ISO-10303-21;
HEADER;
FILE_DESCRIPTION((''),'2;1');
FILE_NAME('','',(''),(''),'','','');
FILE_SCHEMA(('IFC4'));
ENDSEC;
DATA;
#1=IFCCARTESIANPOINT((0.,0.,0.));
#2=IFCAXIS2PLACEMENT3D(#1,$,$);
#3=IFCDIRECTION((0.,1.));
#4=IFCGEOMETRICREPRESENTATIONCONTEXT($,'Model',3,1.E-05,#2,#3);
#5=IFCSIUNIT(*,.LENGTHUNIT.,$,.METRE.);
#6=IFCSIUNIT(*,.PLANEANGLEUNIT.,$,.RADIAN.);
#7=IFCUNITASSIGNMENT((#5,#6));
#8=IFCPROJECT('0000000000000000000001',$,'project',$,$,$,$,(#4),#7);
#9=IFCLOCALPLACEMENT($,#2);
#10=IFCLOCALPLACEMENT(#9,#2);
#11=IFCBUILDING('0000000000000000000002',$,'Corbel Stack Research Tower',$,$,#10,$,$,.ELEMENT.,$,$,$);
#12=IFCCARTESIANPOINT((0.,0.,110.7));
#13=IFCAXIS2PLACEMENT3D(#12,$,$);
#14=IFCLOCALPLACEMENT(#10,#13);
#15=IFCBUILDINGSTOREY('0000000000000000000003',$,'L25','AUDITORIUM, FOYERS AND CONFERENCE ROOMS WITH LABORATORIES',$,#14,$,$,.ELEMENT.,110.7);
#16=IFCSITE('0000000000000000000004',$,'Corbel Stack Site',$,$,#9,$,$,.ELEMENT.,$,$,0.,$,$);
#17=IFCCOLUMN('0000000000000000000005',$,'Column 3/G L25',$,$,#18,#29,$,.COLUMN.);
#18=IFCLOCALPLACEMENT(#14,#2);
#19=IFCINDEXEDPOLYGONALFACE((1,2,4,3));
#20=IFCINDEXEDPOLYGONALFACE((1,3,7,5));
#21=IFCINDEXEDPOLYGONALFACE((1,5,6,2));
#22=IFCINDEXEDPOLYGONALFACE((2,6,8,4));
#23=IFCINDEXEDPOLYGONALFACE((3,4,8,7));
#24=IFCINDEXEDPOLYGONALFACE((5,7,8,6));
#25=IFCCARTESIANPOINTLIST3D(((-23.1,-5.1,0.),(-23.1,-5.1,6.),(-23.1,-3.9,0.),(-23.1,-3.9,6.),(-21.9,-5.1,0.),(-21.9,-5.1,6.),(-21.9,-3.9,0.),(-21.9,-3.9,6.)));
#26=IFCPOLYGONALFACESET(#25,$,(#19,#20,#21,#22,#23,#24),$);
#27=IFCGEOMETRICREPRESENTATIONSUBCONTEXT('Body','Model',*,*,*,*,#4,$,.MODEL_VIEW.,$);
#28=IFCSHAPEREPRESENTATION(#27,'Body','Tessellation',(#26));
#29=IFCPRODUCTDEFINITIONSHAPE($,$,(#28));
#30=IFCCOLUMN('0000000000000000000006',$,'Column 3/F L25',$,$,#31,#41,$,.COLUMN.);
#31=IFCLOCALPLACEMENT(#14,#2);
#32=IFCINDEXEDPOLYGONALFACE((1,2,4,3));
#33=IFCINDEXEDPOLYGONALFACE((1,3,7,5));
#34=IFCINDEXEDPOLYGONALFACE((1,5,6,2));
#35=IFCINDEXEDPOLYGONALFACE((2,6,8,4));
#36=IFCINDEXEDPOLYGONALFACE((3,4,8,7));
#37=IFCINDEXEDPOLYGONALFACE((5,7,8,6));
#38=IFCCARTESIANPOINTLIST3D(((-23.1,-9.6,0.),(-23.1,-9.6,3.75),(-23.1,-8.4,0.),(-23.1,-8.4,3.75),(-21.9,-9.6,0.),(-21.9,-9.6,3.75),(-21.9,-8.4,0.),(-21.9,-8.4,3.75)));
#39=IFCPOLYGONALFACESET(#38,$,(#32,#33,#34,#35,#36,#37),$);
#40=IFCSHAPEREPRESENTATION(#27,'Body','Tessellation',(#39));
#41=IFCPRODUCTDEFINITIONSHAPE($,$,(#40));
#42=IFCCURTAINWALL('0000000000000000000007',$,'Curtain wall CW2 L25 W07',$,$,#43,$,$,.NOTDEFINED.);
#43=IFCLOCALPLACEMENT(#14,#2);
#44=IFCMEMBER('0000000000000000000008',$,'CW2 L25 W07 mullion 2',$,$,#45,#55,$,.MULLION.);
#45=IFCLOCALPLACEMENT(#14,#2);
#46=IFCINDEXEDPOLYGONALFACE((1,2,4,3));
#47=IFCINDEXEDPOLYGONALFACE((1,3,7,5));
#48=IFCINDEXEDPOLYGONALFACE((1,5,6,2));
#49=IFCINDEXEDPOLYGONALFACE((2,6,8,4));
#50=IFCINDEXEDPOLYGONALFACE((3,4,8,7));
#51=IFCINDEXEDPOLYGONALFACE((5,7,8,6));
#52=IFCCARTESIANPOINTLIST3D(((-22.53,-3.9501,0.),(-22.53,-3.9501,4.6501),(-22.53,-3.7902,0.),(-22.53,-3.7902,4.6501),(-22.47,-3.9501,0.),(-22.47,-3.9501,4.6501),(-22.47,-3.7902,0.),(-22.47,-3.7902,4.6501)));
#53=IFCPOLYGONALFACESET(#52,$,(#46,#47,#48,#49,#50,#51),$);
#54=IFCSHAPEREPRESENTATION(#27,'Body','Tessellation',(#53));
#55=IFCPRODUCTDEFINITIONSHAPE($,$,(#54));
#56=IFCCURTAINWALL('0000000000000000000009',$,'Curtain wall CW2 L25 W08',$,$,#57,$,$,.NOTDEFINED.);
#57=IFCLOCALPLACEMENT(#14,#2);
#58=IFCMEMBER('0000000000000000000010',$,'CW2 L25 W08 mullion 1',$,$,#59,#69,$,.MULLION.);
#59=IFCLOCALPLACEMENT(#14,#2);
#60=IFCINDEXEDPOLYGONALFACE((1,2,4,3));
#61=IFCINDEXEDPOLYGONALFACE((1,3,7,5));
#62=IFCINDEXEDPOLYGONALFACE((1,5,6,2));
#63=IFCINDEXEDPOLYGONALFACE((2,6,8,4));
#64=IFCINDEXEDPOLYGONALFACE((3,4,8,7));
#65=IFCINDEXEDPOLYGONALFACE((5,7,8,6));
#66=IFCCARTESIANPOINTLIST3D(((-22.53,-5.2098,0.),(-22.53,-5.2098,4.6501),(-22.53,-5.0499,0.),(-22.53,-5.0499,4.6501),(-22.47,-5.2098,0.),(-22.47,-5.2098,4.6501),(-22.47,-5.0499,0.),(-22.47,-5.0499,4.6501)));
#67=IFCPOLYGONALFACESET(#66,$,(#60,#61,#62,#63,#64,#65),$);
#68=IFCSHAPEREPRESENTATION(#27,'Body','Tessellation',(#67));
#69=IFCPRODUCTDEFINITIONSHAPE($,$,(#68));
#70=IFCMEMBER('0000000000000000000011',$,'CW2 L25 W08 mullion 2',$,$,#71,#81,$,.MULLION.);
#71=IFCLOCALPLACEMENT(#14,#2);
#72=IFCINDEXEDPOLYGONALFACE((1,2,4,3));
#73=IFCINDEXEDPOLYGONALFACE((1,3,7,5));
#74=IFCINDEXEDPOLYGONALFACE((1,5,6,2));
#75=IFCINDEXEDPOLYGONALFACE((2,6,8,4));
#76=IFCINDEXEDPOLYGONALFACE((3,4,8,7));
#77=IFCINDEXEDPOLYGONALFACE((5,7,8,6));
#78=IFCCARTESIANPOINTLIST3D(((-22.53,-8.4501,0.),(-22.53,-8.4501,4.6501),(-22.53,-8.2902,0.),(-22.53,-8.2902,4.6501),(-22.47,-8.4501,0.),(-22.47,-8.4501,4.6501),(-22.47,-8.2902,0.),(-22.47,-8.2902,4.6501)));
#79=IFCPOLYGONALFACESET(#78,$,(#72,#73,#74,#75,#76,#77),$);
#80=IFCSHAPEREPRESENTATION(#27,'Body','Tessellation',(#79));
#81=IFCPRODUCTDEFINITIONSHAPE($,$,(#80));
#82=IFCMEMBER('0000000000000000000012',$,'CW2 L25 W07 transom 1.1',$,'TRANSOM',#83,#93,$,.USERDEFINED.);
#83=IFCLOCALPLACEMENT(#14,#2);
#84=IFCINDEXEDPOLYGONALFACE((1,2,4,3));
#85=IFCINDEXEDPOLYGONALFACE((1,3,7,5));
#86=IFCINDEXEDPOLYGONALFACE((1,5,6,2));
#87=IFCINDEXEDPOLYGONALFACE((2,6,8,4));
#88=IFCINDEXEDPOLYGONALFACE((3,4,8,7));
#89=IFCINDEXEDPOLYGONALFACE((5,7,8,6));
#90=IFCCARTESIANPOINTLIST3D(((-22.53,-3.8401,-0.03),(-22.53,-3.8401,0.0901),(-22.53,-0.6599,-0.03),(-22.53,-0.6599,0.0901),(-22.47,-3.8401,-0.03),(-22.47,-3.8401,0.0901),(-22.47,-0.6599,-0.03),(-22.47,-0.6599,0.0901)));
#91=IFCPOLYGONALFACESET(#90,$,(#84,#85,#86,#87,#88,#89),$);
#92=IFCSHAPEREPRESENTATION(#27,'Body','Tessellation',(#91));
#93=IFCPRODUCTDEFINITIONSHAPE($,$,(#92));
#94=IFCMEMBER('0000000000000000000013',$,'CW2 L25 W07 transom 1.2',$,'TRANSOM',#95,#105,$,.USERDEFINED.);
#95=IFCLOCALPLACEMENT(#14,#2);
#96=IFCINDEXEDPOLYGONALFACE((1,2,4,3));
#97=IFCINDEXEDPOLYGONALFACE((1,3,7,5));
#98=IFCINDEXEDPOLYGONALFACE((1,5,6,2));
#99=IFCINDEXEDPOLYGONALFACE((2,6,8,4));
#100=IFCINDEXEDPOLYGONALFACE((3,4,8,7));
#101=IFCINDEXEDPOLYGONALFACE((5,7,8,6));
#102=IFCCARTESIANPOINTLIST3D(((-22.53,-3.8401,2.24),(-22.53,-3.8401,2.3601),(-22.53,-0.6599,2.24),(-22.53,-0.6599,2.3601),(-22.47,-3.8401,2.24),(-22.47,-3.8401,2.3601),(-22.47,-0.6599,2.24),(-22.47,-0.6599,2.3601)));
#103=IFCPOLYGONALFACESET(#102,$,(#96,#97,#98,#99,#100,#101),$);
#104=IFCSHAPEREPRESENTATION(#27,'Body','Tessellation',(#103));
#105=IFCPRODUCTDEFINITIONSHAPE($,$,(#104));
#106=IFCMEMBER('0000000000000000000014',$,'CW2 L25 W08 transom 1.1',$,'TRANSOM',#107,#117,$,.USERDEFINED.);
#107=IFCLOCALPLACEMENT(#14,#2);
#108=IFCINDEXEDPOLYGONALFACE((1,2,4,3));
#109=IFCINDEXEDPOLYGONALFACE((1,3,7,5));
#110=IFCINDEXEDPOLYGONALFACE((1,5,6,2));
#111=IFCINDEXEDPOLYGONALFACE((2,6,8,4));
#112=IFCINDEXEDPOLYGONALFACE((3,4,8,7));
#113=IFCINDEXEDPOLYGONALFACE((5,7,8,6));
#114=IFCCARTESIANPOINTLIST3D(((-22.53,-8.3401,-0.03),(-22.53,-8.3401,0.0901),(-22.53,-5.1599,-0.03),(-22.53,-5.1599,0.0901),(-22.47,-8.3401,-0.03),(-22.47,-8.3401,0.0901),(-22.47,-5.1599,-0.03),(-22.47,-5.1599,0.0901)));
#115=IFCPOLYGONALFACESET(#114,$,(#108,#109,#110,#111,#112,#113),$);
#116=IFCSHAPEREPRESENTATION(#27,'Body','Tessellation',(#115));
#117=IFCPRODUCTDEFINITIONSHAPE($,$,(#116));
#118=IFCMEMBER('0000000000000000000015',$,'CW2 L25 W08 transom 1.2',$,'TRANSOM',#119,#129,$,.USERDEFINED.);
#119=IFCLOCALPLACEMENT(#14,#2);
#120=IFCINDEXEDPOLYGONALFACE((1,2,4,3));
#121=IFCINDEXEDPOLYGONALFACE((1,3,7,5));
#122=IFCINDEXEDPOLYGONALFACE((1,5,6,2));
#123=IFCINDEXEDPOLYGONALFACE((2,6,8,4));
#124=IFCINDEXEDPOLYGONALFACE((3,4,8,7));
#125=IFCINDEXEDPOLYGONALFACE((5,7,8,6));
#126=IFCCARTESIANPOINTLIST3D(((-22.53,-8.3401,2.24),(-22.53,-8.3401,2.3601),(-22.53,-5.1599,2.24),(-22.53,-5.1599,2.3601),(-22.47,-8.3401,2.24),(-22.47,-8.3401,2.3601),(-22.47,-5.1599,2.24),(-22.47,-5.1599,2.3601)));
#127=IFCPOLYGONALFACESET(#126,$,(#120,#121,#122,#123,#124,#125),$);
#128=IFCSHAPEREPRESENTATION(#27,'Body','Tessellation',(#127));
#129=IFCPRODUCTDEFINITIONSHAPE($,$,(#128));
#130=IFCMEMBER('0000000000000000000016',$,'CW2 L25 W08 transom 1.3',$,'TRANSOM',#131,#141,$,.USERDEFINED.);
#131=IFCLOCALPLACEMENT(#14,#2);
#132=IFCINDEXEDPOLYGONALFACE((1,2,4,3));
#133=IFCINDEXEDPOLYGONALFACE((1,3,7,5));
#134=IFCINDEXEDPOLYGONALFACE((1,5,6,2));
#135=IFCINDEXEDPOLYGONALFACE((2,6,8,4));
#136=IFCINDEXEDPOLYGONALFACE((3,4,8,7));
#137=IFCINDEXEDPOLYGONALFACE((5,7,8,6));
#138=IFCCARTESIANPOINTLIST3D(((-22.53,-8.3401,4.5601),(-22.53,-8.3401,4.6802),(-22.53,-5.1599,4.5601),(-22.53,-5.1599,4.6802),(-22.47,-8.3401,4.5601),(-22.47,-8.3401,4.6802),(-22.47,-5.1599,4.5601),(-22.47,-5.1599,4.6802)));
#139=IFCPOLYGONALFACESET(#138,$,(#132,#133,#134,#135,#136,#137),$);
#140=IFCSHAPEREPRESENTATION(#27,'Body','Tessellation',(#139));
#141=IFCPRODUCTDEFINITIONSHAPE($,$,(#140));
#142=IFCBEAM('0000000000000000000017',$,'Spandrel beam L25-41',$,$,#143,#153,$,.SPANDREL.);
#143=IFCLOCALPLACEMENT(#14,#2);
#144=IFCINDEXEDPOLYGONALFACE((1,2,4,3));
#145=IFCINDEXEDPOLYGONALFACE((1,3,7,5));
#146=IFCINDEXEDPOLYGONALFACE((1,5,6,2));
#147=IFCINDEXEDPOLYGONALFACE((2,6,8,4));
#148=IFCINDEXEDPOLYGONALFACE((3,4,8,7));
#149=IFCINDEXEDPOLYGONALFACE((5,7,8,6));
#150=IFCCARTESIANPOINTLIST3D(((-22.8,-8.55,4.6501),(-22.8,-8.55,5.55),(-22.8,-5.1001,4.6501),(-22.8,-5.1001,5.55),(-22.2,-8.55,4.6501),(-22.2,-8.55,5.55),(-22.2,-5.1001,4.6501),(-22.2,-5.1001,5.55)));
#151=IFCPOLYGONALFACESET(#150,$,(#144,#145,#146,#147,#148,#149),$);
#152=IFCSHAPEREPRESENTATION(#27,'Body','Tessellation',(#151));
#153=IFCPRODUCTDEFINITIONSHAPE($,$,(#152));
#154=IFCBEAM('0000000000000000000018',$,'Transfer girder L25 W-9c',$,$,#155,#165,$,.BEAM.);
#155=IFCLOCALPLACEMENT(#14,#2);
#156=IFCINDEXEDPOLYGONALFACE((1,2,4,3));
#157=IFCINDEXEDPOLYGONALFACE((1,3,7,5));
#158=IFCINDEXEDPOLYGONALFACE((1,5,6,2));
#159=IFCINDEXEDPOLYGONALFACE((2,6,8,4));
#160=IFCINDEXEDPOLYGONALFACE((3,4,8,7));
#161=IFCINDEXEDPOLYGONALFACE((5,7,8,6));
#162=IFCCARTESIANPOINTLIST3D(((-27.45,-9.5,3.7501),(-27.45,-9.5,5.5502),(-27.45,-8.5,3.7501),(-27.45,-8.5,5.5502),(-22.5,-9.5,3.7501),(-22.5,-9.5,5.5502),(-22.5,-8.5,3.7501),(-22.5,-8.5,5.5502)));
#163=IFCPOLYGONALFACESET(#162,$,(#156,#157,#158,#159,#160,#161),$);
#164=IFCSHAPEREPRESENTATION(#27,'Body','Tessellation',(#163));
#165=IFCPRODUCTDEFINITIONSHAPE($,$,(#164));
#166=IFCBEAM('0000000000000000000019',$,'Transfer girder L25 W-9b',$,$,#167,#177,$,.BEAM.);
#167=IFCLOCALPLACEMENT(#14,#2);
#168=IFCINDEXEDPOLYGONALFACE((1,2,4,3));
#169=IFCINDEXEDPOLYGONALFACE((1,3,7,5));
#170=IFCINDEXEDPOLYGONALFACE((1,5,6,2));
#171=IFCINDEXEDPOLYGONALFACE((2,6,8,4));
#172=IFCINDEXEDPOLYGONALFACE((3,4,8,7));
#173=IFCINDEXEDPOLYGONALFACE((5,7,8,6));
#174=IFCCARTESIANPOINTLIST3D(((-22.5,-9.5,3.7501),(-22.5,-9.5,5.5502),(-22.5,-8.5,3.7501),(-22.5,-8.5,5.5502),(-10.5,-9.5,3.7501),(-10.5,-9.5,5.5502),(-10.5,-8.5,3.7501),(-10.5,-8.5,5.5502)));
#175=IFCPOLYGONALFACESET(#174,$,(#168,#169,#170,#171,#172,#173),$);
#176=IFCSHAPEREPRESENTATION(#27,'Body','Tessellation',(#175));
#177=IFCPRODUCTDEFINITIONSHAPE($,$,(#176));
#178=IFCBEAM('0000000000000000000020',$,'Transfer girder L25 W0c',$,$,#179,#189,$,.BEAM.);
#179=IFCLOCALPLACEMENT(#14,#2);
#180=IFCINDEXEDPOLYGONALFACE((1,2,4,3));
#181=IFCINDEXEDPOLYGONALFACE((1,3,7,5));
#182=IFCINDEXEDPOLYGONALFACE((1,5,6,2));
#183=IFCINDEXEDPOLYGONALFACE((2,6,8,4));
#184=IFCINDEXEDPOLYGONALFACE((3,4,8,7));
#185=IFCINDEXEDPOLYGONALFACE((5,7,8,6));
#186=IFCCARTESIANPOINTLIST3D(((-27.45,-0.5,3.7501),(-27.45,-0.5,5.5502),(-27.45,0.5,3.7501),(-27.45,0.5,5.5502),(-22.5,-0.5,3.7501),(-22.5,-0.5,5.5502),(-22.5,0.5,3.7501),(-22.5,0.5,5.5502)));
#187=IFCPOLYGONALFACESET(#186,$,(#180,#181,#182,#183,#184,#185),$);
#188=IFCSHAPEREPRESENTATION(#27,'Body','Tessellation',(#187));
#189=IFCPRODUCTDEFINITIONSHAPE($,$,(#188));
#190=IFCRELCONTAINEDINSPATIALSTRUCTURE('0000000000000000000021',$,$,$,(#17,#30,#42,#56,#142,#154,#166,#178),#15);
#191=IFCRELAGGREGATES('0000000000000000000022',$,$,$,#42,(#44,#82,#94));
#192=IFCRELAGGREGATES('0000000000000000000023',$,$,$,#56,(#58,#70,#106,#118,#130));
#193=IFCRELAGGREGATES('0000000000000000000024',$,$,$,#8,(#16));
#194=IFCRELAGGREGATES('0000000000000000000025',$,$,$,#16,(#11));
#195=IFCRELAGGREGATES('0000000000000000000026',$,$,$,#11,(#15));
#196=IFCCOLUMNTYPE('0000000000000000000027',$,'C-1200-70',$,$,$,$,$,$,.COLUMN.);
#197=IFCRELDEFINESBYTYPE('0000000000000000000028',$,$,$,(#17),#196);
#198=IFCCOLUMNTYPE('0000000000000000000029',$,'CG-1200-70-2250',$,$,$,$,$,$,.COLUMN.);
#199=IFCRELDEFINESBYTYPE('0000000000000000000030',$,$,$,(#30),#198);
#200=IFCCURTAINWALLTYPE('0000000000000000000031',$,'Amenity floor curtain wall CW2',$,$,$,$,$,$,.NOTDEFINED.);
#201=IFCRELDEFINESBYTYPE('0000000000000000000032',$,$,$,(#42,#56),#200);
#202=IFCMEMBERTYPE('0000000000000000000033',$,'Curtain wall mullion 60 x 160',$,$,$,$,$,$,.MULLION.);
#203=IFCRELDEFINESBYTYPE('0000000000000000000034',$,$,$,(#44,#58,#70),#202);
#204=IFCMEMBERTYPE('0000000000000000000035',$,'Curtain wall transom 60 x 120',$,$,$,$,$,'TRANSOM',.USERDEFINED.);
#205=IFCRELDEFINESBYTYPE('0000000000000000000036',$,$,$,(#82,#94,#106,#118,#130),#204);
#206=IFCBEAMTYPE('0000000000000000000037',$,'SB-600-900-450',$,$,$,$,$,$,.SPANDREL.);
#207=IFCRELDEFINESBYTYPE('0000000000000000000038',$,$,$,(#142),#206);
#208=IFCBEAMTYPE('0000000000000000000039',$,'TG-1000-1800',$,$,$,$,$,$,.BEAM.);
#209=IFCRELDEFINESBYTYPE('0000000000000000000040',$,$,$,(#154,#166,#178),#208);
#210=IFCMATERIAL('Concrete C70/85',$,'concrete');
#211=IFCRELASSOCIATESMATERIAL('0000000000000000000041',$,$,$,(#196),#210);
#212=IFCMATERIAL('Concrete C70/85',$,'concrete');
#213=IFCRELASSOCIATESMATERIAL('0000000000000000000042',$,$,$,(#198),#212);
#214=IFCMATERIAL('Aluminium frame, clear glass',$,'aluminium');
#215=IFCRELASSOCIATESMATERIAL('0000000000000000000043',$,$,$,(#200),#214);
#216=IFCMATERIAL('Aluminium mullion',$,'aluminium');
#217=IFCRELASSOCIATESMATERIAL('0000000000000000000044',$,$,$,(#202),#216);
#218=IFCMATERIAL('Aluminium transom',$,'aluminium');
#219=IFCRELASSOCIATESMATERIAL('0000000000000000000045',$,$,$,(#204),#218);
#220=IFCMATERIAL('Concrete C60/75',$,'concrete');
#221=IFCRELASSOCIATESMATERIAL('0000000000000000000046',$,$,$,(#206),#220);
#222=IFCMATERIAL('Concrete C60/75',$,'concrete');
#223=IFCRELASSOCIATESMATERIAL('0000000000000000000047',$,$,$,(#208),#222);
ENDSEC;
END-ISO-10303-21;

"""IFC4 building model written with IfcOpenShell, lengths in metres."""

from ifc_helpers import new_model, si_unit, direction, frame, origin, origin_2d, place, context, subcontext, project, spatial, rectangle, extrude, material, material_profile, profile_set, type_object, element, aggregate, save


model = new_model("IFC4")

# Units and contexts
model_context = context("Model", 3, precision=1e-05, world=origin(), true_north=direction((0.0, 1.0)))
body_context = subcontext(model_context, "Body", "Model", "MODEL_VIEW")
ifc_project = project(units=[si_unit("LENGTHUNIT", "METRE"), si_unit("PLANEANGLEUNIT", "RADIAN")], contexts=[model_context])

# Site, building, storey
site_placement = place(None, origin())
site = spatial("IfcSite", under=ifc_project, at=site_placement, Name="Corbel Stack Site", CompositionType="ELEMENT", RefElevation=0.0)
building_placement = place(site_placement, origin())
building = spatial("IfcBuilding", under=site, at=building_placement, Name="Corbel Stack Research Tower", CompositionType="ELEMENT")
storey_placement = place(building_placement, frame((0.0, 0.0, 110.7)))
storey = spatial("IfcBuildingStorey", under=building, at=storey_placement, Name="L25", Description="AUDITORIUM, FOYERS AND CONFERENCE ROOMS WITH LABORATORIES", CompositionType="ELEMENT", Elevation=110.7)

# Columns
ifc_material_1 = material(Name="Concrete C70/85", Category="concrete")
ifc_material_profile_1 = material_profile(ifc_material_1, rectangle(XDim=1.2, YDim=1.2, at=origin_2d()), Name="RC 1200 x 1200")
ifc_profile_set_1 = profile_set([ifc_material_profile_1], Name="Concrete C70/85")
column_type_1 = type_object("IfcColumnType", Name="C-1200-70", PredefinedType="COLUMN", material=ifc_profile_set_1)
column_1_placement = place(storey_placement, frame((-22.5, -4.5, 0.0), z_axis=(0.0, 0.0, 1.0), x_axis=(1.0, 0.0, 0.0)))
element("IfcColumn", 1, at=column_1_placement, inside=storey, type_object=column_type_1, Name="Column 3/G L25", PredefinedType="COLUMN", context=body_context, shape_type="SweptSolid", body=[
    extrude(rectangle(XDim=1.2, YDim=1.2, at=origin_2d()), origin(), (0.0, 0.0, 1.0), 6.0),
])
ifc_material_2 = material(Name="Concrete C70/85", Category="concrete")
ifc_material_profile_2 = material_profile(ifc_material_2, rectangle(XDim=1.2, YDim=1.2, at=origin_2d()), Name="RC 1200 x 1200")
ifc_profile_set_2 = profile_set([ifc_material_profile_2], Name="Concrete C70/85")
column_type_2 = type_object("IfcColumnType", Name="CG-1200-70-2250", PredefinedType="COLUMN", material=ifc_profile_set_2)
column_2_placement = place(storey_placement, frame((-22.5, -9.0, 0.0), z_axis=(0.0, 0.0, 1.0), x_axis=(1.0, 0.0, 0.0)))
element("IfcColumn", 2, at=column_2_placement, inside=storey, type_object=column_type_2, Name="Column 3/F L25", PredefinedType="COLUMN", context=body_context, shape_type="SweptSolid", body=[
    extrude(rectangle(XDim=1.2, YDim=1.2, at=origin_2d()), origin(), (0.0, 0.0, 1.0), 3.75),
])

# Curtain wall, member
ifc_material_3 = material(Name="Aluminium frame, clear glass", Category="aluminium")
curtain_wall_type = type_object("IfcCurtainWallType", Name="Amenity floor curtain wall CW2", PredefinedType="NOTDEFINED", material=ifc_material_3)
curtain_wall_1_placement = place(storey_placement, origin())
curtain_wall_1 = element("IfcCurtainWall", 3, at=curtain_wall_1_placement, inside=storey, type_object=curtain_wall_type, Name="Curtain wall CW2 L25 W07", PredefinedType="NOTDEFINED")
ifc_material_4 = material(Name="Aluminium mullion", Category="aluminium")
ifc_material_profile_3 = material_profile(ifc_material_4, rectangle(XDim=0.0601, YDim=0.1599, at=origin_2d()), Name="Mullion 60 x 160")
ifc_profile_set_3 = profile_set([ifc_material_profile_3], Name="Aluminium mullion")
member_type_1 = type_object("IfcMemberType", Name="Curtain wall mullion 60 x 160", PredefinedType="MULLION", material=ifc_profile_set_3)
member_1_placement = place(storey_placement, frame((-22.5, -3.8701, 0.0), z_axis=(0.0, 0.0, 1.0), x_axis=(1.0, 0.0, 0.0)))
member_1 = element("IfcMember", 4, at=member_1_placement, type_object=member_type_1, Name="CW2 L25 W07 mullion 2", PredefinedType="MULLION", context=body_context, shape_type="SweptSolid", body=[
    extrude(rectangle(XDim=0.0601, YDim=0.1599, at=origin_2d()), origin(), (0.0, 0.0, 1.0), 4.6501),
])

# Curtain wall, members
curtain_wall_2_placement = place(storey_placement, origin())
curtain_wall_2 = element("IfcCurtainWall", 5, at=curtain_wall_2_placement, inside=storey, type_object=curtain_wall_type, Name="Curtain wall CW2 L25 W08", PredefinedType="NOTDEFINED")
member_2_placement = place(storey_placement, frame((-22.5, -5.1299, 0.0), z_axis=(0.0, 0.0, 1.0), x_axis=(1.0, 0.0, 0.0)))
member_2 = element("IfcMember", 6, at=member_2_placement, type_object=member_type_1, Name="CW2 L25 W08 mullion 1", PredefinedType="MULLION", context=body_context, shape_type="SweptSolid", body=[
    extrude(rectangle(XDim=0.0601, YDim=0.1599, at=origin_2d()), origin(), (0.0, 0.0, 1.0), 4.6501),
])
member_3_placement = place(storey_placement, frame((-22.5, -8.3701, 0.0), z_axis=(0.0, 0.0, 1.0), x_axis=(1.0, 0.0, 0.0)))
member_3 = element("IfcMember", 7, at=member_3_placement, type_object=member_type_1, Name="CW2 L25 W08 mullion 2", PredefinedType="MULLION", context=body_context, shape_type="SweptSolid", body=[
    extrude(rectangle(XDim=0.0601, YDim=0.1599, at=origin_2d()), origin(), (0.0, 0.0, 1.0), 4.6501),
])

# Members
ifc_material_5 = material(Name="Aluminium transom", Category="aluminium")
ifc_material_profile_4 = material_profile(ifc_material_5, rectangle(XDim=0.0601, YDim=0.1201, at=origin_2d()), Name="Transom 60 x 120")
ifc_profile_set_4 = profile_set([ifc_material_profile_4], Name="Aluminium transom")
member_type_2 = type_object("IfcMemberType", Name="Curtain wall transom 60 x 120", ElementType="TRANSOM", PredefinedType="USERDEFINED", material=ifc_profile_set_4)
member_4_placement = place(storey_placement, frame((-22.5, -0.6599, 0.03), z_axis=(0.0, -1.0, 0.0), x_axis=(1.0, 0.0, 0.0)))
member_4 = element("IfcMember", 8, at=member_4_placement, type_object=member_type_2, Name="CW2 L25 W07 transom 1.1", ObjectType="TRANSOM", PredefinedType="USERDEFINED", context=body_context, shape_type="SweptSolid", body=[
    extrude(rectangle(XDim=0.0601, YDim=0.1201, at=origin_2d()), origin(), (0.0, 0.0, 1.0), 3.1802),
])
member_5_placement = place(storey_placement, frame((-22.5, -0.6599, 2.3), z_axis=(0.0, -1.0, 0.0), x_axis=(1.0, 0.0, 0.0)))
member_5 = element("IfcMember", 9, at=member_5_placement, type_object=member_type_2, Name="CW2 L25 W07 transom 1.2", ObjectType="TRANSOM", PredefinedType="USERDEFINED", context=body_context, shape_type="SweptSolid", body=[
    extrude(rectangle(XDim=0.0601, YDim=0.1201, at=origin_2d()), origin(), (0.0, 0.0, 1.0), 3.1802),
])
member_6_placement = place(storey_placement, frame((-22.5, -5.1599, 0.03), z_axis=(0.0, -1.0, 0.0), x_axis=(1.0, 0.0, 0.0)))
member_6 = element("IfcMember", 10, at=member_6_placement, type_object=member_type_2, Name="CW2 L25 W08 transom 1.1", ObjectType="TRANSOM", PredefinedType="USERDEFINED", context=body_context, shape_type="SweptSolid", body=[
    extrude(rectangle(XDim=0.0601, YDim=0.1201, at=origin_2d()), origin(), (0.0, 0.0, 1.0), 3.1802),
])
member_7_placement = place(storey_placement, frame((-22.5, -5.1599, 2.3), z_axis=(0.0, -1.0, 0.0), x_axis=(1.0, 0.0, 0.0)))
member_7 = element("IfcMember", 11, at=member_7_placement, type_object=member_type_2, Name="CW2 L25 W08 transom 1.2", ObjectType="TRANSOM", PredefinedType="USERDEFINED", context=body_context, shape_type="SweptSolid", body=[
    extrude(rectangle(XDim=0.0601, YDim=0.1201, at=origin_2d()), origin(), (0.0, 0.0, 1.0), 3.1802),
])
member_8_placement = place(storey_placement, frame((-22.5, -5.1599, 4.6201), z_axis=(0.0, -1.0, 0.0), x_axis=(1.0, 0.0, 0.0)))
member_8 = element("IfcMember", 12, at=member_8_placement, type_object=member_type_2, Name="CW2 L25 W08 transom 1.3", ObjectType="TRANSOM", PredefinedType="USERDEFINED", context=body_context, shape_type="SweptSolid", body=[
    extrude(rectangle(XDim=0.0601, YDim=0.1201, at=origin_2d()), origin(), (0.0, 0.0, 1.0), 3.1802),
])

# Beams
ifc_material_6 = material(Name="Concrete C60/75", Category="concrete")
ifc_material_profile_5 = material_profile(ifc_material_6, rectangle(XDim=0.6001, YDim=0.8999, at=origin_2d()), Name="RC 600 x 900")
ifc_profile_set_5 = profile_set([ifc_material_profile_5], Name="Concrete C60/75")
beam_type_1 = type_object("IfcBeamType", Name="SB-600-900-450", PredefinedType="SPANDREL", material=ifc_profile_set_5)
beam_1_placement = place(storey_placement, frame((-22.5, -5.1001, 5.1001), z_axis=(0.0, -1.0, 0.0), x_axis=(1.0, 0.0, 0.0)))
element("IfcBeam", 13, at=beam_1_placement, inside=storey, type_object=beam_type_1, Name="Spandrel beam L25-41", PredefinedType="SPANDREL", context=body_context, shape_type="SweptSolid", body=[
    extrude(rectangle(XDim=0.6001, YDim=0.8999, at=origin_2d()), origin(), (0.0, 0.0, 1.0), 3.45),
])
ifc_material_7 = material(Name="Concrete C60/75", Category="concrete")
ifc_material_profile_6 = material_profile(ifc_material_7, rectangle(XDim=1.0, YDim=1.8, at=origin_2d()), Name="RC 1000 x 1800")
ifc_profile_set_6 = profile_set([ifc_material_profile_6], Name="Concrete C60/75")
beam_type_2 = type_object("IfcBeamType", Name="TG-1000-1800", PredefinedType="BEAM", material=ifc_profile_set_6)
beam_2_placement = place(storey_placement, frame((-27.45, -9.0, 4.6501), z_axis=(1.0, 0.0, 0.0), x_axis=(0.0, 1.0, 0.0)))
element("IfcBeam", 14, at=beam_2_placement, inside=storey, type_object=beam_type_2, Name="Transfer girder L25 W-9c", PredefinedType="BEAM", context=body_context, shape_type="SweptSolid", body=[
    extrude(rectangle(XDim=1.0, YDim=1.8, at=origin_2d()), origin(), (0.0, 0.0, 1.0), 4.95),
])
beam_3_placement = place(storey_placement, frame((-22.5, -9.0, 4.6501), z_axis=(1.0, 0.0, 0.0), x_axis=(0.0, 1.0, 0.0)))
element("IfcBeam", 15, at=beam_3_placement, inside=storey, type_object=beam_type_2, Name="Transfer girder L25 W-9b", PredefinedType="BEAM", context=body_context, shape_type="SweptSolid", body=[
    extrude(rectangle(XDim=1.0, YDim=1.8, at=origin_2d()), origin(), (0.0, 0.0, 1.0), 12.0),
])
beam_4_placement = place(storey_placement, frame((-27.45, 0.0, 4.6501), z_axis=(1.0, 0.0, 0.0), x_axis=(0.0, 1.0, 0.0)))
element("IfcBeam", 16, at=beam_4_placement, inside=storey, type_object=beam_type_2, Name="Transfer girder L25 W0c", PredefinedType="BEAM", context=body_context, shape_type="SweptSolid", body=[
    extrude(rectangle(XDim=1.0, YDim=1.8, at=origin_2d()), origin(), (0.0, 0.0, 1.0), 4.95),
])

aggregate(curtain_wall_1, [member_1, member_4, member_5])
aggregate(curtain_wall_2, [member_2, member_3, member_6, member_7, member_8])

save(model, "model.ifc")
